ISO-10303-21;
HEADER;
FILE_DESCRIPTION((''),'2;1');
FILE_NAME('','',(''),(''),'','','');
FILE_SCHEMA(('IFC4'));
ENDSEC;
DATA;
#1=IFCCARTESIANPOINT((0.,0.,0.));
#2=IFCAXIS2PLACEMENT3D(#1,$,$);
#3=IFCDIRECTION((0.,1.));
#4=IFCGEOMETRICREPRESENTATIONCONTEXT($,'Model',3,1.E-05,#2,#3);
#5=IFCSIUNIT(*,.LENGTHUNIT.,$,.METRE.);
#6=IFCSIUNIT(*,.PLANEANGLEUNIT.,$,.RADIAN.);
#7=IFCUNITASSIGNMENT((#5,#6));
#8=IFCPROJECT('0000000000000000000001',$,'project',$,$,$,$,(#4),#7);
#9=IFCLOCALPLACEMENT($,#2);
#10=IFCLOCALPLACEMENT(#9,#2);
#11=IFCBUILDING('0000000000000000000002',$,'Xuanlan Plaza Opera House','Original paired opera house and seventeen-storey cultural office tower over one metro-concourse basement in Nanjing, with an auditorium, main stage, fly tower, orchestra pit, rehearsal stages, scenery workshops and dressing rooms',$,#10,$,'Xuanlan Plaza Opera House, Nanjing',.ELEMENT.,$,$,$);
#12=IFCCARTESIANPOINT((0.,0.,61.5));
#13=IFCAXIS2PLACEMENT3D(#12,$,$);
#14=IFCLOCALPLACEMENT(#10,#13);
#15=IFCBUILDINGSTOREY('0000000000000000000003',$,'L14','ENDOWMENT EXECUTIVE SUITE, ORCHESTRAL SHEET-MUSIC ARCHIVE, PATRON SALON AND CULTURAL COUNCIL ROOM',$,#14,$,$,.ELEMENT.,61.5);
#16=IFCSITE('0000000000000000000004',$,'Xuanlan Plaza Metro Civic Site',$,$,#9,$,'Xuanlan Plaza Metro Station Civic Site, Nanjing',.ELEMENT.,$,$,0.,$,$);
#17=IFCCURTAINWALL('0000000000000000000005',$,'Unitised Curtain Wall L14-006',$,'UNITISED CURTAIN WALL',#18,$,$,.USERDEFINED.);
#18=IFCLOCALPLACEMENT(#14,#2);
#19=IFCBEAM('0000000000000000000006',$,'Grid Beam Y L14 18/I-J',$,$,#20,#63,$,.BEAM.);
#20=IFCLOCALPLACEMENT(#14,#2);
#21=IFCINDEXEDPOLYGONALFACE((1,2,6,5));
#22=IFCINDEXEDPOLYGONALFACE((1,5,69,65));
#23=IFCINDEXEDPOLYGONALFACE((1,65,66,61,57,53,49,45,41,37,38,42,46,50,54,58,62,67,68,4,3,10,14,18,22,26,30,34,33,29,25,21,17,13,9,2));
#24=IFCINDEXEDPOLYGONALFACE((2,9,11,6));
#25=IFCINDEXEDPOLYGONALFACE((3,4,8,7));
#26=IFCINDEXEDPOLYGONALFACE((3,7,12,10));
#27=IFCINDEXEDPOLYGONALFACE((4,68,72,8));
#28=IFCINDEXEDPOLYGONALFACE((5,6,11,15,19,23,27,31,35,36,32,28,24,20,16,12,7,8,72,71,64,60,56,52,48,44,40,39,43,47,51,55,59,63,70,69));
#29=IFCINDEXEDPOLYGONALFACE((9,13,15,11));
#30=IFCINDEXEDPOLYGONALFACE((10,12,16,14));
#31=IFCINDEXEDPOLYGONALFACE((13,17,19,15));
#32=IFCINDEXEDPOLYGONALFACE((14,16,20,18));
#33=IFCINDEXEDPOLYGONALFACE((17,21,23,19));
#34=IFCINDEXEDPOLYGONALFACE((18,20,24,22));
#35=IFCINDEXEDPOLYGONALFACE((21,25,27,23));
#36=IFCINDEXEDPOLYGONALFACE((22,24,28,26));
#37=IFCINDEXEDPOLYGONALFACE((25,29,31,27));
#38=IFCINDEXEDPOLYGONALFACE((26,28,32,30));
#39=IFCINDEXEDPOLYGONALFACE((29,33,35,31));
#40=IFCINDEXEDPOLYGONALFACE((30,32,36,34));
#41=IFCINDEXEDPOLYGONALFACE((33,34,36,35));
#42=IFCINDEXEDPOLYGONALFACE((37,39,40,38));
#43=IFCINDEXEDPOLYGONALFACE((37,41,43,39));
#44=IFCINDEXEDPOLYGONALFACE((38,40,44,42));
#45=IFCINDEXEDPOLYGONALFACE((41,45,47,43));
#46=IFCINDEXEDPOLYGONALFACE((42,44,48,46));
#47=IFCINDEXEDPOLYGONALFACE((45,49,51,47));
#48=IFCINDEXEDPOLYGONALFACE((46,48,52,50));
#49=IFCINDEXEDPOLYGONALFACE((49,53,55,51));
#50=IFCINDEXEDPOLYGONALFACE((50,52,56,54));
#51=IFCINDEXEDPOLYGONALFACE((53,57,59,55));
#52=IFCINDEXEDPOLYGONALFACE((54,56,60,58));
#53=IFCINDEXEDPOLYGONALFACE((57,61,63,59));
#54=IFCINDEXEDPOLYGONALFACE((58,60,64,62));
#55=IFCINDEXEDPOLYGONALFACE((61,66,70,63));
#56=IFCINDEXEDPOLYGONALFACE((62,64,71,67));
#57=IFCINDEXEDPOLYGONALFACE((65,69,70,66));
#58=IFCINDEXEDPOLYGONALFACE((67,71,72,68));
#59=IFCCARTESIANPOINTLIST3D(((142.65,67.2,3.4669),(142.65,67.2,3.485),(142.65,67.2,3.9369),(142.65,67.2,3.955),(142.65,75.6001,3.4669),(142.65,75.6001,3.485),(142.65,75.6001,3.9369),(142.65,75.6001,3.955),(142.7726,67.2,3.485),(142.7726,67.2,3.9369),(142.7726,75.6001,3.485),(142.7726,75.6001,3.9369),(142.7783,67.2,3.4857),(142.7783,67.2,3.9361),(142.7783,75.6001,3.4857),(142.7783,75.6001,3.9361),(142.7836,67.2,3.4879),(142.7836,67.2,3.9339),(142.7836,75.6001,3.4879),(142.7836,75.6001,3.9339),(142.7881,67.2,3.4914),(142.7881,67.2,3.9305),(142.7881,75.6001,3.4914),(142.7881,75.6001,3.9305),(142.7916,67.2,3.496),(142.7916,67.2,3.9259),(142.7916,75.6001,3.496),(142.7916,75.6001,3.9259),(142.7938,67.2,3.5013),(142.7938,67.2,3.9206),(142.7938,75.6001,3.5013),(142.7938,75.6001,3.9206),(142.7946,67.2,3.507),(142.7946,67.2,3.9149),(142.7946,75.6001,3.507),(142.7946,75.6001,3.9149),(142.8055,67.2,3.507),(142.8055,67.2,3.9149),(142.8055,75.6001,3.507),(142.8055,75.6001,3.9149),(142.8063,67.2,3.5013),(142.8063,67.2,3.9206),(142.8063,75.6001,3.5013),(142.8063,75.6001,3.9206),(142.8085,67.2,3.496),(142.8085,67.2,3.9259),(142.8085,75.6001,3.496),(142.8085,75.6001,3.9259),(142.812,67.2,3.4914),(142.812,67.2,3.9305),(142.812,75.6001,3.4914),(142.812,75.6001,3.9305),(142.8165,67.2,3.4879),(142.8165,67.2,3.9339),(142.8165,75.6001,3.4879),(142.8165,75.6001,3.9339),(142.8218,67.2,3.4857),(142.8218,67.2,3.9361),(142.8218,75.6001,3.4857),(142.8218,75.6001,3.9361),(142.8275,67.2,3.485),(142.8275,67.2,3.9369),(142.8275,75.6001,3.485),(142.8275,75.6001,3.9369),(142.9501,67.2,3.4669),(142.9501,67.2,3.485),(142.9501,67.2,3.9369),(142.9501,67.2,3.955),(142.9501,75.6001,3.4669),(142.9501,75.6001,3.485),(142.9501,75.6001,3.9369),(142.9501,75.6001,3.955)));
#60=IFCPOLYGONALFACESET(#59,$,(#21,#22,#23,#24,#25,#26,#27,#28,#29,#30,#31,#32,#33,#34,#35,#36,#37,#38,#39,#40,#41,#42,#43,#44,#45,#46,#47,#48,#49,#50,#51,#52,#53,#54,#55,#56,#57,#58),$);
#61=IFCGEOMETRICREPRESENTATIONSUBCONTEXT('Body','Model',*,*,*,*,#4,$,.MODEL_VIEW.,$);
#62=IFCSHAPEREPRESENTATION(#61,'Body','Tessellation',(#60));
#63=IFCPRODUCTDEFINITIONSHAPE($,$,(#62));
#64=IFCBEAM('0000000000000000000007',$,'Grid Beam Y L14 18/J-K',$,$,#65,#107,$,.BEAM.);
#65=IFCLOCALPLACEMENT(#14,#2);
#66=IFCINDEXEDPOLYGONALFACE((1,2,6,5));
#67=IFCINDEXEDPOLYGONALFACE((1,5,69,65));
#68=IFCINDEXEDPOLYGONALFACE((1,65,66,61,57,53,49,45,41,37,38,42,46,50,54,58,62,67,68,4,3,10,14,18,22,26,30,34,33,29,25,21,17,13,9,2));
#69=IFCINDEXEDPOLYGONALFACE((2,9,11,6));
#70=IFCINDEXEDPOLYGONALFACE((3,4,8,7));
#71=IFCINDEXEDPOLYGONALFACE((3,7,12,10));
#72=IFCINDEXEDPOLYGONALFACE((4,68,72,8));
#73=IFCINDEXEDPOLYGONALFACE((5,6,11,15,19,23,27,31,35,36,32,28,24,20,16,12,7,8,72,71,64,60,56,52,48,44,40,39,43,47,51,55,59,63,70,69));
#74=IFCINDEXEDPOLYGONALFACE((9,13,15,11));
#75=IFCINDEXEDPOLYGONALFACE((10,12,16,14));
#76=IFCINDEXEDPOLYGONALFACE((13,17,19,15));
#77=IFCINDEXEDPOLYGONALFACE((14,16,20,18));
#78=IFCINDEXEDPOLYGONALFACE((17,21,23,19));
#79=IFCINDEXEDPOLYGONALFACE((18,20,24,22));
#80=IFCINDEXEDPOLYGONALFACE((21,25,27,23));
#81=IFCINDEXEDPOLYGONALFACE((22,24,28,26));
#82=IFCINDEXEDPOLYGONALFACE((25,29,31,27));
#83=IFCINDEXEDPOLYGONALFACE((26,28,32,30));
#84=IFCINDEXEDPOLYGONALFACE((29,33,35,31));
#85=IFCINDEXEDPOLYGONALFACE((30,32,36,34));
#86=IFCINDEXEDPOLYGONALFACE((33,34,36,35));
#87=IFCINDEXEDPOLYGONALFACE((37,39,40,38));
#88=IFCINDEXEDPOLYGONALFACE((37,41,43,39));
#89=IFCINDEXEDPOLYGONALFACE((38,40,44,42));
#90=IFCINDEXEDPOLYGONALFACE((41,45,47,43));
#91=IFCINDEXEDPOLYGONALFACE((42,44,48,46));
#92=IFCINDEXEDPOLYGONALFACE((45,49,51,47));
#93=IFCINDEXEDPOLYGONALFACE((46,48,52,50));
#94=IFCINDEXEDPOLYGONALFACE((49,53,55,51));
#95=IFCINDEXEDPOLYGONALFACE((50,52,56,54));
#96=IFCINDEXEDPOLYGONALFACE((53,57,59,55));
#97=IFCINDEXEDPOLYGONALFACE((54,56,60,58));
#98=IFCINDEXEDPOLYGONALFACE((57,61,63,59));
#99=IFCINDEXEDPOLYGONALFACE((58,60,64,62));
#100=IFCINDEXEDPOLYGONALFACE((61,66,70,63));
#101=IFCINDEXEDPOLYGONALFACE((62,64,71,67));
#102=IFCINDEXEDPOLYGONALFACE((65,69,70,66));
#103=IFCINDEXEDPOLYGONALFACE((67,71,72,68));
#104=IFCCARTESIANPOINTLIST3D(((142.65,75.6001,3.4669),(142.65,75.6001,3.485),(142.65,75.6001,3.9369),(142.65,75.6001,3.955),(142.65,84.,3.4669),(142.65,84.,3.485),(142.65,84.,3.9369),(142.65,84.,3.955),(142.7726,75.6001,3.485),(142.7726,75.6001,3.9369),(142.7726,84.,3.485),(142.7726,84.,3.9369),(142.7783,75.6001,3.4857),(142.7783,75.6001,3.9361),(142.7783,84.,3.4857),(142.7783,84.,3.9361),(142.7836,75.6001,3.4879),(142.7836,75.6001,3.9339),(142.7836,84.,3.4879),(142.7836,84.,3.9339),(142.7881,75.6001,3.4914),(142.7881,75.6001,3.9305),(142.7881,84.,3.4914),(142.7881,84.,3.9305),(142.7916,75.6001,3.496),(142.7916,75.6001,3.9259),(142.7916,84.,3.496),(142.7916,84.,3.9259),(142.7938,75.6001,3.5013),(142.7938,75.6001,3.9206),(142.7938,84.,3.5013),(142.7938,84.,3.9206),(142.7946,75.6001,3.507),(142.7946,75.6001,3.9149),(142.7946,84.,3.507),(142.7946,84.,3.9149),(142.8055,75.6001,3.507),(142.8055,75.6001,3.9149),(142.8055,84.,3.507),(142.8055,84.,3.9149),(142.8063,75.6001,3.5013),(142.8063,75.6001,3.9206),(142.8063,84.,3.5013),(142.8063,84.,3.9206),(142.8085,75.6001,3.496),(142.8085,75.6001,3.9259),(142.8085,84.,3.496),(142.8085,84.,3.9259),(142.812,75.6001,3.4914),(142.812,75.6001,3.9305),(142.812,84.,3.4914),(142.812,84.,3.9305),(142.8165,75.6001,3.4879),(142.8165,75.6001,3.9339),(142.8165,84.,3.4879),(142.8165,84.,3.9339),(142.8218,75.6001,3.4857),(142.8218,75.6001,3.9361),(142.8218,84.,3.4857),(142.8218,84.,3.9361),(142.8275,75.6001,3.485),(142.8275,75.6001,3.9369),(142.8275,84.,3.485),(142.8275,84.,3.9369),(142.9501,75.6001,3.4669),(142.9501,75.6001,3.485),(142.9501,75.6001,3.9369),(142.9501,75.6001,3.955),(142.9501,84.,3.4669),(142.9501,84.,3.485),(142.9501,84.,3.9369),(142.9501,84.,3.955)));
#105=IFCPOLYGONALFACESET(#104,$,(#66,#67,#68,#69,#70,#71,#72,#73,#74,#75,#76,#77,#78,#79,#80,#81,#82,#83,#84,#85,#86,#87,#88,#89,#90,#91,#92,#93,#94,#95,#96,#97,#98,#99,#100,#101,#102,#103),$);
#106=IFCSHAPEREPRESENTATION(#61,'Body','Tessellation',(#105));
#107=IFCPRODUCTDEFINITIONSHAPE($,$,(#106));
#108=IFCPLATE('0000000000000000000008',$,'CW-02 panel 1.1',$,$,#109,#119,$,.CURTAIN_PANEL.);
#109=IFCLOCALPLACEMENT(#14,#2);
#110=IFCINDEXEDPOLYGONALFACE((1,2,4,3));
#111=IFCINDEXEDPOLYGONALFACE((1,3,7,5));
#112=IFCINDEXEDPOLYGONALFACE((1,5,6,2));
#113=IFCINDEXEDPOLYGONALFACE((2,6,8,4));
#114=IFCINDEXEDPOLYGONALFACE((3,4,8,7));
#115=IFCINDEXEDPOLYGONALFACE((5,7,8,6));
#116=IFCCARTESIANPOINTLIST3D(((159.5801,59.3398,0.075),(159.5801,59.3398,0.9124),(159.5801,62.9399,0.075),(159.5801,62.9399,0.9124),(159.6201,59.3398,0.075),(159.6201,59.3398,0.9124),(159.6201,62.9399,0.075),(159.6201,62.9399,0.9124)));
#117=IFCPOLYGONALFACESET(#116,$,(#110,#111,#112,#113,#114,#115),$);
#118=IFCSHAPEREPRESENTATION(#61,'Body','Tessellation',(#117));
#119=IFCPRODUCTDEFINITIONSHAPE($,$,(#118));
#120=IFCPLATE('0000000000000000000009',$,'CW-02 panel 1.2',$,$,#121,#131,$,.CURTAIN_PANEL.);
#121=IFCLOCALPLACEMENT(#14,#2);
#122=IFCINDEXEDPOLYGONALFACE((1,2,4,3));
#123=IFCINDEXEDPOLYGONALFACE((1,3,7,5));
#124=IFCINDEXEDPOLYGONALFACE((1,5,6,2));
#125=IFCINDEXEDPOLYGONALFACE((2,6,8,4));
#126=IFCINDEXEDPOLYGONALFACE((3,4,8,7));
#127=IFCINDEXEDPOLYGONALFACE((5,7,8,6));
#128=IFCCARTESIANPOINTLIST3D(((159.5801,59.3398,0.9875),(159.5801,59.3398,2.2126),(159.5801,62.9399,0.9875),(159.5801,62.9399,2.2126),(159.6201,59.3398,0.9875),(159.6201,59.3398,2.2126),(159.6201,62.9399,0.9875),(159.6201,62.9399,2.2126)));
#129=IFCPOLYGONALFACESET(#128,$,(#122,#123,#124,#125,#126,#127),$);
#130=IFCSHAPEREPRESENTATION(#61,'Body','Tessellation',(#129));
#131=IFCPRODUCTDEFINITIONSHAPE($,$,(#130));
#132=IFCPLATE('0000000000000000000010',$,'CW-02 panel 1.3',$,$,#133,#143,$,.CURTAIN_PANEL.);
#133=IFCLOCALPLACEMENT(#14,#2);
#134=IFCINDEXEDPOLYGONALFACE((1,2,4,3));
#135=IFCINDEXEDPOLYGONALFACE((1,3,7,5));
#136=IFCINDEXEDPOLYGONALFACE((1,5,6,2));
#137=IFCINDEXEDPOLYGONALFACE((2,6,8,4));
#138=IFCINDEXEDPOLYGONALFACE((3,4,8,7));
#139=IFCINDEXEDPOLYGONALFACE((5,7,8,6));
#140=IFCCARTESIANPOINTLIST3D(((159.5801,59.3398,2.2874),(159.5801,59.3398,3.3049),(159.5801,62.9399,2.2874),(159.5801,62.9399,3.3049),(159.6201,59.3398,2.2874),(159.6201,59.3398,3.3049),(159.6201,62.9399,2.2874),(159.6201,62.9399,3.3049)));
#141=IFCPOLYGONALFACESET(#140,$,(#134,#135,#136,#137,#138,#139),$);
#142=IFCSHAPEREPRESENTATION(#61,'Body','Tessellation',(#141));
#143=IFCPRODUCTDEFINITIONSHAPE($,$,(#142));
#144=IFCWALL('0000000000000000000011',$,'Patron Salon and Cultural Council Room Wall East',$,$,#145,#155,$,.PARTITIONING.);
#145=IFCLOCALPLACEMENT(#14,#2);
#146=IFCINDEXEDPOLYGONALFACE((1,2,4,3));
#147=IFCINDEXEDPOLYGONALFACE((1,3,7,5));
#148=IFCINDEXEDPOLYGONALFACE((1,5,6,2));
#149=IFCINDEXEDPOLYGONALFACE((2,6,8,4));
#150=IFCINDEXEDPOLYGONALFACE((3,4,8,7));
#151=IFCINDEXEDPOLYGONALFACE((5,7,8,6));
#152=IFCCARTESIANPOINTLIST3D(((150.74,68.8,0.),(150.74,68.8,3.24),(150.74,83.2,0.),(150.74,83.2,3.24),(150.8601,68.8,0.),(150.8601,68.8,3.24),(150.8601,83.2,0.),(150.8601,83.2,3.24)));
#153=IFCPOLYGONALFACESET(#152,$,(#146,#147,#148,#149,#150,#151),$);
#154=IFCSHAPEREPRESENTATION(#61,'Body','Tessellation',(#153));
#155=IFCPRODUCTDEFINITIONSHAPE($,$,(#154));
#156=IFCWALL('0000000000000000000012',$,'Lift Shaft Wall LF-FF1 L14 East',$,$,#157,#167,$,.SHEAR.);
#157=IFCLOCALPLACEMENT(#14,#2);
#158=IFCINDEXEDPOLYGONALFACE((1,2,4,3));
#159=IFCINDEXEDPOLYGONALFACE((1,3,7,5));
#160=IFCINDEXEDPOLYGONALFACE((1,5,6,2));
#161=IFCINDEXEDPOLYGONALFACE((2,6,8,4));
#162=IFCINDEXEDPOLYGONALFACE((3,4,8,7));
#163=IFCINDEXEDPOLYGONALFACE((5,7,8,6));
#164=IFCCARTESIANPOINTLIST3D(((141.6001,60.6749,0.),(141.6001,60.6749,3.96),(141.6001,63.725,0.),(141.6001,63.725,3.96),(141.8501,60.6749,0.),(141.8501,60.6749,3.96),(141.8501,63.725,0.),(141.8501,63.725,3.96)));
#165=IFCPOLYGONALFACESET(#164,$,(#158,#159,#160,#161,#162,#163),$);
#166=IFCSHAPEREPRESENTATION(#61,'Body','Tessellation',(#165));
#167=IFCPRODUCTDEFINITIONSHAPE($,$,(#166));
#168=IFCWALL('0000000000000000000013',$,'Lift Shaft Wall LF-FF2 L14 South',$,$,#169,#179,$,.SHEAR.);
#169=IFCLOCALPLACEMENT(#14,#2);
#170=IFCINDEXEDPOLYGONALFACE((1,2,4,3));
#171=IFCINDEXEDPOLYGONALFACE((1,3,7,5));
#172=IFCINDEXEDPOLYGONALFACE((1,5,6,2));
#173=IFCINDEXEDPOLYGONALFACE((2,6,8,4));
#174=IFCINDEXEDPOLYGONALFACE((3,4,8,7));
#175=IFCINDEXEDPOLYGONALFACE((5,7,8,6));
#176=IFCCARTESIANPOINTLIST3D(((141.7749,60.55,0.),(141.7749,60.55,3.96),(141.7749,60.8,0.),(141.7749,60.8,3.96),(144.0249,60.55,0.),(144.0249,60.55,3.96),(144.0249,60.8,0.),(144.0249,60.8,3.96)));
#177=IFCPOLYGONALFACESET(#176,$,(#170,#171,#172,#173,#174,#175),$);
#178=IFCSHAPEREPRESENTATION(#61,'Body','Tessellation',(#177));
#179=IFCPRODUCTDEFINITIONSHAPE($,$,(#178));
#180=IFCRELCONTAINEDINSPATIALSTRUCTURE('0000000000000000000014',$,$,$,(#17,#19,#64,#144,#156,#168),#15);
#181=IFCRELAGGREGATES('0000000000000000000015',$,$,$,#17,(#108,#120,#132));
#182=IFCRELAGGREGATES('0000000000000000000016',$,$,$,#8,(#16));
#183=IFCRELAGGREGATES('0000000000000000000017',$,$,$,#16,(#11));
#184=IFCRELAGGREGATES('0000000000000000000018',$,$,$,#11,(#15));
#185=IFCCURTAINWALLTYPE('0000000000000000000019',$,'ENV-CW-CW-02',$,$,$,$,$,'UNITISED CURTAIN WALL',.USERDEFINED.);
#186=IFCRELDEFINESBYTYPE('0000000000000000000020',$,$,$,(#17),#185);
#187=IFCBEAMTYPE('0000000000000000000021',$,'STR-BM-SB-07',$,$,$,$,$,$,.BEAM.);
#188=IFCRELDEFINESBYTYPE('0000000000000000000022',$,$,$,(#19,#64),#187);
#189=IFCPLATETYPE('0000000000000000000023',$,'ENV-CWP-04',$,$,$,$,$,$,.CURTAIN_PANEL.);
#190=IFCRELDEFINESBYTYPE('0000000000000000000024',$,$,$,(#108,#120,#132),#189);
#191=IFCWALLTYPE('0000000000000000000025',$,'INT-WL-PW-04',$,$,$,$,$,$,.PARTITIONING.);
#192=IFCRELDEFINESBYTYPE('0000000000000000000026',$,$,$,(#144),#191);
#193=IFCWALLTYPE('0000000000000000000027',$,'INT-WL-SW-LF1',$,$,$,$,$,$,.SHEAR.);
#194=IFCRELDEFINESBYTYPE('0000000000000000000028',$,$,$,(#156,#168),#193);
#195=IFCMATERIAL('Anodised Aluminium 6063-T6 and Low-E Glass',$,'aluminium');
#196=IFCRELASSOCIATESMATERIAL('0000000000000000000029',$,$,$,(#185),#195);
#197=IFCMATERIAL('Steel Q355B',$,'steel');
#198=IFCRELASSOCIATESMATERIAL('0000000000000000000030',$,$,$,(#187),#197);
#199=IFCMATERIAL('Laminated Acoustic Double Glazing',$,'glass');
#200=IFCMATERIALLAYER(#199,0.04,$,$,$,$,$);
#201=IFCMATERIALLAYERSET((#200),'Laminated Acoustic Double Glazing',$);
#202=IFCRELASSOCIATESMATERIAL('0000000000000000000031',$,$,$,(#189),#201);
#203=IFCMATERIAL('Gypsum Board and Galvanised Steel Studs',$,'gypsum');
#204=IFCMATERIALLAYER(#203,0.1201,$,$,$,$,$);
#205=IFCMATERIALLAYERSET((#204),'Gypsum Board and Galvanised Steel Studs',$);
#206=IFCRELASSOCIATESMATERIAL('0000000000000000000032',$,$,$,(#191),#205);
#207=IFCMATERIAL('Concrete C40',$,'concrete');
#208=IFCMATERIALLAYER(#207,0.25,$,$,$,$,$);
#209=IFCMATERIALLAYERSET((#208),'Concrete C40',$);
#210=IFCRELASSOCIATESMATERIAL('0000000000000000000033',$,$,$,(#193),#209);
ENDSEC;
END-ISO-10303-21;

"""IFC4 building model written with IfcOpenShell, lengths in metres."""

from ifc_helpers import new_model, si_unit, direction, frame, frame_2d, origin, origin_2d, place, context, subcontext, project, spatial, rectangle, i_section, extrude, material, layer, layer_set, material_profile, profile_set, type_object, element, aggregate, save


model = new_model("IFC4")

# Units and contexts
model_context = context("Model", 3, precision=1e-05, world=origin(), true_north=direction((0.0, 1.0)))
body_context = subcontext(model_context, "Body", "Model", "MODEL_VIEW")
ifc_project = project(units=[si_unit("LENGTHUNIT", "METRE"), si_unit("PLANEANGLEUNIT", "RADIAN")], contexts=[model_context])

# Site, building, storey
site_placement = place(None, origin())
site = spatial("IfcSite", under=ifc_project, at=site_placement, Name="Xuanlan Plaza Metro Civic Site", LongName="Xuanlan Plaza Metro Station Civic Site, Nanjing", CompositionType="ELEMENT", RefElevation=0.0)
building_placement = place(site_placement, origin())
building = spatial("IfcBuilding", under=site, at=building_placement, Name="Xuanlan Plaza Opera House", Description="Original paired opera house and seventeen-storey cultural office tower over one metro-concourse basement in Nanjing, with an auditorium, main stage, fly tower, orchestra pit, rehearsal stages, scenery workshops and dressing rooms", LongName="Xuanlan Plaza Opera House, Nanjing", CompositionType="ELEMENT")
storey_placement = place(building_placement, frame((0.0, 0.0, 61.5)))
storey = spatial("IfcBuildingStorey", under=building, at=storey_placement, Name="L14", Description="ENDOWMENT EXECUTIVE SUITE, ORCHESTRAL SHEET-MUSIC ARCHIVE, PATRON SALON AND CULTURAL COUNCIL ROOM", CompositionType="ELEMENT", Elevation=61.5)

# Curtain wall
ifc_material_1 = material(Name="Anodised Aluminium 6063-T6 and Low-E Glass", Category="aluminium")
curtain_wall_type = type_object("IfcCurtainWallType", Name="ENV-CW-CW-02", ElementType="UNITISED CURTAIN WALL", PredefinedType="USERDEFINED", material=ifc_material_1)
curtain_wall_placement = place(storey_placement, origin())
curtain_wall = element("IfcCurtainWall", 1, at=curtain_wall_placement, inside=storey, type_object=curtain_wall_type, Name="Unitised Curtain Wall L14-006", ObjectType="UNITISED CURTAIN WALL", PredefinedType="USERDEFINED")

# Beams
ifc_material_2 = material(Name="Concrete C40", Category="concrete")
ifc_material_3 = material(Name="Steel Q355B", Category="steel")
ifc_material_profile_1 = material_profile(ifc_material_3, i_section(OverallWidth=0.3, OverallDepth=0.488, WebThickness=0.011, FlangeThickness=0.0181, FilletRadius=0.022, at=origin_2d()), Name="HM 488x300x11x18")
ifc_profile_set_1 = profile_set([ifc_material_profile_1], Name="Steel Q355B")
beam_type_1 = type_object("IfcBeamType", Name="STR-BM-SB-07", PredefinedType="BEAM", material=ifc_profile_set_1)
beam_1_placement = place(storey_placement, frame((142.8, 67.2, 3.7109), z_axis=(0.0, 1.0, 0.0), x_axis=(-1.0, 0.0, 0.0)))
element("IfcBeam", 2, at=beam_1_placement, inside=storey, type_object=beam_type_1, Name="Grid Beam Y L14 18/I-J", PredefinedType="BEAM", context=body_context, shape_type="SweptSolid", body=[
    extrude(i_section(OverallWidth=0.3, OverallDepth=0.488, WebThickness=0.011, FlangeThickness=0.0181, FilletRadius=0.022, at=origin_2d()), origin(), (0.0, 0.0, 1.0), 8.4001),
])
beam_2_placement = place(storey_placement, frame((142.8, 75.6001, 3.7109), z_axis=(0.0, 1.0, 0.0), x_axis=(-1.0, 0.0, 0.0)))
element("IfcBeam", 3, at=beam_2_placement, inside=storey, type_object=beam_type_1, Name="Grid Beam Y L14 18/J-K", PredefinedType="BEAM", context=body_context, shape_type="SweptSolid", body=[
    extrude(i_section(OverallWidth=0.3, OverallDepth=0.488, WebThickness=0.011, FlangeThickness=0.0181, FilletRadius=0.022, at=origin_2d()), origin(), (0.0, 0.0, 1.0), 8.3999),
])

# Plates
ifc_material_4 = material(Name="Laminated Acoustic Double Glazing", Category="glass")
ifc_layer_1 = layer(ifc_material_4, 0.04)
ifc_layer_set_1 = layer_set([ifc_layer_1], Name="Laminated Acoustic Double Glazing")
plate_type = type_object("IfcPlateType", Name="ENV-CWP-04", PredefinedType="CURTAIN_PANEL", material=ifc_layer_set_1)
plate_1_placement = place(storey_placement, frame((159.6001, 61.1399, 0.075), z_axis=(0.0, 0.0, 1.0), x_axis=(0.0, 1.0, 0.0)))
plate_1 = element("IfcPlate", 4, at=plate_1_placement, type_object=plate_type, Name="CW-02 panel 1.1", PredefinedType="CURTAIN_PANEL", context=body_context, shape_type="SweptSolid", body=[
    extrude(rectangle(XDim=3.6001, YDim=0.04, at=origin_2d()), origin(), (0.0, 0.0, 1.0), 0.8374),
])
plate_2_placement = place(storey_placement, frame((159.6001, 61.1399, 0.9875), z_axis=(0.0, 0.0, 1.0), x_axis=(0.0, 1.0, 0.0)))
plate_2 = element("IfcPlate", 5, at=plate_2_placement, type_object=plate_type, Name="CW-02 panel 1.2", PredefinedType="CURTAIN_PANEL", context=body_context, shape_type="SweptSolid", body=[
    extrude(rectangle(XDim=3.6001, YDim=0.04, at=origin_2d()), origin(), (0.0, 0.0, 1.0), 1.2251),
])
plate_3_placement = place(storey_placement, frame((159.6001, 61.1399, 2.2874), z_axis=(0.0, 0.0, 1.0), x_axis=(0.0, 1.0, 0.0)))
plate_3 = element("IfcPlate", 6, at=plate_3_placement, type_object=plate_type, Name="CW-02 panel 1.3", PredefinedType="CURTAIN_PANEL", context=body_context, shape_type="SweptSolid", body=[
    extrude(rectangle(XDim=3.6001, YDim=0.04, at=origin_2d()), origin(), (0.0, 0.0, 1.0), 1.0176),
])
aggregate(curtain_wall, [plate_1, plate_2, plate_3])

# Walls
ifc_material_5 = material(Name="Gypsum Board and Galvanised Steel Studs", Category="gypsum")
ifc_layer_2 = layer(ifc_material_5, 0.1201)
ifc_layer_set_2 = layer_set([ifc_layer_2], Name="Gypsum Board and Galvanised Steel Studs")
wall_type_1 = type_object("IfcWallType", Name="INT-WL-PW-04", PredefinedType="PARTITIONING", material=ifc_layer_set_2)
wall_1_placement = place(storey_placement, frame((150.8, 68.8, 0.0), z_axis=(0.0, 0.0, 1.0), x_axis=(0.0, 1.0, 0.0)))
element("IfcWall", 7, at=wall_1_placement, inside=storey, type_object=wall_type_1, Name="Patron Salon and Cultural Council Room Wall East", PredefinedType="PARTITIONING", context=body_context, shape_type="SweptSolid", body=[
    extrude(rectangle(XDim=14.3999, YDim=0.1201, at=frame_2d((7.2, 0.0))), origin(), (0.0, 0.0, 1.0), 3.24),
])
ifc_layer_3 = layer(ifc_material_2, 0.25)
ifc_layer_set_3 = layer_set([ifc_layer_3], Name="Concrete C40")
wall_type_2 = type_object("IfcWallType", Name="INT-WL-SW-LF1", PredefinedType="SHEAR", material=ifc_layer_set_3)
wall_2_placement = place(storey_placement, frame((141.7251, 60.675, 0.0), z_axis=(0.0, 0.0, 1.0), x_axis=(0.0, 1.0, 0.0)))
element("IfcWall", 8, at=wall_2_placement, inside=storey, type_object=wall_type_2, Name="Lift Shaft Wall LF-FF1 L14 East", PredefinedType="SHEAR", context=body_context, shape_type="SweptSolid", body=[
    extrude(rectangle(XDim=3.05, YDim=0.25, at=frame_2d((1.5249, 0.0))), origin(), (0.0, 0.0, 1.0), 3.96),
])
wall_3_placement = place(storey_placement, frame((141.7749, 60.675, 0.0), z_axis=(0.0, 0.0, 1.0), x_axis=(1.0, 0.0, 0.0)))
element("IfcWall", 9, at=wall_3_placement, inside=storey, type_object=wall_type_2, Name="Lift Shaft Wall LF-FF2 L14 South", PredefinedType="SHEAR", context=body_context, shape_type="SweptSolid", body=[
    extrude(rectangle(XDim=2.25, YDim=0.25, at=frame_2d((1.125, 0.0))), origin(), (0.0, 0.0, 1.0), 3.96),
])

save(model, "model.ifc")
